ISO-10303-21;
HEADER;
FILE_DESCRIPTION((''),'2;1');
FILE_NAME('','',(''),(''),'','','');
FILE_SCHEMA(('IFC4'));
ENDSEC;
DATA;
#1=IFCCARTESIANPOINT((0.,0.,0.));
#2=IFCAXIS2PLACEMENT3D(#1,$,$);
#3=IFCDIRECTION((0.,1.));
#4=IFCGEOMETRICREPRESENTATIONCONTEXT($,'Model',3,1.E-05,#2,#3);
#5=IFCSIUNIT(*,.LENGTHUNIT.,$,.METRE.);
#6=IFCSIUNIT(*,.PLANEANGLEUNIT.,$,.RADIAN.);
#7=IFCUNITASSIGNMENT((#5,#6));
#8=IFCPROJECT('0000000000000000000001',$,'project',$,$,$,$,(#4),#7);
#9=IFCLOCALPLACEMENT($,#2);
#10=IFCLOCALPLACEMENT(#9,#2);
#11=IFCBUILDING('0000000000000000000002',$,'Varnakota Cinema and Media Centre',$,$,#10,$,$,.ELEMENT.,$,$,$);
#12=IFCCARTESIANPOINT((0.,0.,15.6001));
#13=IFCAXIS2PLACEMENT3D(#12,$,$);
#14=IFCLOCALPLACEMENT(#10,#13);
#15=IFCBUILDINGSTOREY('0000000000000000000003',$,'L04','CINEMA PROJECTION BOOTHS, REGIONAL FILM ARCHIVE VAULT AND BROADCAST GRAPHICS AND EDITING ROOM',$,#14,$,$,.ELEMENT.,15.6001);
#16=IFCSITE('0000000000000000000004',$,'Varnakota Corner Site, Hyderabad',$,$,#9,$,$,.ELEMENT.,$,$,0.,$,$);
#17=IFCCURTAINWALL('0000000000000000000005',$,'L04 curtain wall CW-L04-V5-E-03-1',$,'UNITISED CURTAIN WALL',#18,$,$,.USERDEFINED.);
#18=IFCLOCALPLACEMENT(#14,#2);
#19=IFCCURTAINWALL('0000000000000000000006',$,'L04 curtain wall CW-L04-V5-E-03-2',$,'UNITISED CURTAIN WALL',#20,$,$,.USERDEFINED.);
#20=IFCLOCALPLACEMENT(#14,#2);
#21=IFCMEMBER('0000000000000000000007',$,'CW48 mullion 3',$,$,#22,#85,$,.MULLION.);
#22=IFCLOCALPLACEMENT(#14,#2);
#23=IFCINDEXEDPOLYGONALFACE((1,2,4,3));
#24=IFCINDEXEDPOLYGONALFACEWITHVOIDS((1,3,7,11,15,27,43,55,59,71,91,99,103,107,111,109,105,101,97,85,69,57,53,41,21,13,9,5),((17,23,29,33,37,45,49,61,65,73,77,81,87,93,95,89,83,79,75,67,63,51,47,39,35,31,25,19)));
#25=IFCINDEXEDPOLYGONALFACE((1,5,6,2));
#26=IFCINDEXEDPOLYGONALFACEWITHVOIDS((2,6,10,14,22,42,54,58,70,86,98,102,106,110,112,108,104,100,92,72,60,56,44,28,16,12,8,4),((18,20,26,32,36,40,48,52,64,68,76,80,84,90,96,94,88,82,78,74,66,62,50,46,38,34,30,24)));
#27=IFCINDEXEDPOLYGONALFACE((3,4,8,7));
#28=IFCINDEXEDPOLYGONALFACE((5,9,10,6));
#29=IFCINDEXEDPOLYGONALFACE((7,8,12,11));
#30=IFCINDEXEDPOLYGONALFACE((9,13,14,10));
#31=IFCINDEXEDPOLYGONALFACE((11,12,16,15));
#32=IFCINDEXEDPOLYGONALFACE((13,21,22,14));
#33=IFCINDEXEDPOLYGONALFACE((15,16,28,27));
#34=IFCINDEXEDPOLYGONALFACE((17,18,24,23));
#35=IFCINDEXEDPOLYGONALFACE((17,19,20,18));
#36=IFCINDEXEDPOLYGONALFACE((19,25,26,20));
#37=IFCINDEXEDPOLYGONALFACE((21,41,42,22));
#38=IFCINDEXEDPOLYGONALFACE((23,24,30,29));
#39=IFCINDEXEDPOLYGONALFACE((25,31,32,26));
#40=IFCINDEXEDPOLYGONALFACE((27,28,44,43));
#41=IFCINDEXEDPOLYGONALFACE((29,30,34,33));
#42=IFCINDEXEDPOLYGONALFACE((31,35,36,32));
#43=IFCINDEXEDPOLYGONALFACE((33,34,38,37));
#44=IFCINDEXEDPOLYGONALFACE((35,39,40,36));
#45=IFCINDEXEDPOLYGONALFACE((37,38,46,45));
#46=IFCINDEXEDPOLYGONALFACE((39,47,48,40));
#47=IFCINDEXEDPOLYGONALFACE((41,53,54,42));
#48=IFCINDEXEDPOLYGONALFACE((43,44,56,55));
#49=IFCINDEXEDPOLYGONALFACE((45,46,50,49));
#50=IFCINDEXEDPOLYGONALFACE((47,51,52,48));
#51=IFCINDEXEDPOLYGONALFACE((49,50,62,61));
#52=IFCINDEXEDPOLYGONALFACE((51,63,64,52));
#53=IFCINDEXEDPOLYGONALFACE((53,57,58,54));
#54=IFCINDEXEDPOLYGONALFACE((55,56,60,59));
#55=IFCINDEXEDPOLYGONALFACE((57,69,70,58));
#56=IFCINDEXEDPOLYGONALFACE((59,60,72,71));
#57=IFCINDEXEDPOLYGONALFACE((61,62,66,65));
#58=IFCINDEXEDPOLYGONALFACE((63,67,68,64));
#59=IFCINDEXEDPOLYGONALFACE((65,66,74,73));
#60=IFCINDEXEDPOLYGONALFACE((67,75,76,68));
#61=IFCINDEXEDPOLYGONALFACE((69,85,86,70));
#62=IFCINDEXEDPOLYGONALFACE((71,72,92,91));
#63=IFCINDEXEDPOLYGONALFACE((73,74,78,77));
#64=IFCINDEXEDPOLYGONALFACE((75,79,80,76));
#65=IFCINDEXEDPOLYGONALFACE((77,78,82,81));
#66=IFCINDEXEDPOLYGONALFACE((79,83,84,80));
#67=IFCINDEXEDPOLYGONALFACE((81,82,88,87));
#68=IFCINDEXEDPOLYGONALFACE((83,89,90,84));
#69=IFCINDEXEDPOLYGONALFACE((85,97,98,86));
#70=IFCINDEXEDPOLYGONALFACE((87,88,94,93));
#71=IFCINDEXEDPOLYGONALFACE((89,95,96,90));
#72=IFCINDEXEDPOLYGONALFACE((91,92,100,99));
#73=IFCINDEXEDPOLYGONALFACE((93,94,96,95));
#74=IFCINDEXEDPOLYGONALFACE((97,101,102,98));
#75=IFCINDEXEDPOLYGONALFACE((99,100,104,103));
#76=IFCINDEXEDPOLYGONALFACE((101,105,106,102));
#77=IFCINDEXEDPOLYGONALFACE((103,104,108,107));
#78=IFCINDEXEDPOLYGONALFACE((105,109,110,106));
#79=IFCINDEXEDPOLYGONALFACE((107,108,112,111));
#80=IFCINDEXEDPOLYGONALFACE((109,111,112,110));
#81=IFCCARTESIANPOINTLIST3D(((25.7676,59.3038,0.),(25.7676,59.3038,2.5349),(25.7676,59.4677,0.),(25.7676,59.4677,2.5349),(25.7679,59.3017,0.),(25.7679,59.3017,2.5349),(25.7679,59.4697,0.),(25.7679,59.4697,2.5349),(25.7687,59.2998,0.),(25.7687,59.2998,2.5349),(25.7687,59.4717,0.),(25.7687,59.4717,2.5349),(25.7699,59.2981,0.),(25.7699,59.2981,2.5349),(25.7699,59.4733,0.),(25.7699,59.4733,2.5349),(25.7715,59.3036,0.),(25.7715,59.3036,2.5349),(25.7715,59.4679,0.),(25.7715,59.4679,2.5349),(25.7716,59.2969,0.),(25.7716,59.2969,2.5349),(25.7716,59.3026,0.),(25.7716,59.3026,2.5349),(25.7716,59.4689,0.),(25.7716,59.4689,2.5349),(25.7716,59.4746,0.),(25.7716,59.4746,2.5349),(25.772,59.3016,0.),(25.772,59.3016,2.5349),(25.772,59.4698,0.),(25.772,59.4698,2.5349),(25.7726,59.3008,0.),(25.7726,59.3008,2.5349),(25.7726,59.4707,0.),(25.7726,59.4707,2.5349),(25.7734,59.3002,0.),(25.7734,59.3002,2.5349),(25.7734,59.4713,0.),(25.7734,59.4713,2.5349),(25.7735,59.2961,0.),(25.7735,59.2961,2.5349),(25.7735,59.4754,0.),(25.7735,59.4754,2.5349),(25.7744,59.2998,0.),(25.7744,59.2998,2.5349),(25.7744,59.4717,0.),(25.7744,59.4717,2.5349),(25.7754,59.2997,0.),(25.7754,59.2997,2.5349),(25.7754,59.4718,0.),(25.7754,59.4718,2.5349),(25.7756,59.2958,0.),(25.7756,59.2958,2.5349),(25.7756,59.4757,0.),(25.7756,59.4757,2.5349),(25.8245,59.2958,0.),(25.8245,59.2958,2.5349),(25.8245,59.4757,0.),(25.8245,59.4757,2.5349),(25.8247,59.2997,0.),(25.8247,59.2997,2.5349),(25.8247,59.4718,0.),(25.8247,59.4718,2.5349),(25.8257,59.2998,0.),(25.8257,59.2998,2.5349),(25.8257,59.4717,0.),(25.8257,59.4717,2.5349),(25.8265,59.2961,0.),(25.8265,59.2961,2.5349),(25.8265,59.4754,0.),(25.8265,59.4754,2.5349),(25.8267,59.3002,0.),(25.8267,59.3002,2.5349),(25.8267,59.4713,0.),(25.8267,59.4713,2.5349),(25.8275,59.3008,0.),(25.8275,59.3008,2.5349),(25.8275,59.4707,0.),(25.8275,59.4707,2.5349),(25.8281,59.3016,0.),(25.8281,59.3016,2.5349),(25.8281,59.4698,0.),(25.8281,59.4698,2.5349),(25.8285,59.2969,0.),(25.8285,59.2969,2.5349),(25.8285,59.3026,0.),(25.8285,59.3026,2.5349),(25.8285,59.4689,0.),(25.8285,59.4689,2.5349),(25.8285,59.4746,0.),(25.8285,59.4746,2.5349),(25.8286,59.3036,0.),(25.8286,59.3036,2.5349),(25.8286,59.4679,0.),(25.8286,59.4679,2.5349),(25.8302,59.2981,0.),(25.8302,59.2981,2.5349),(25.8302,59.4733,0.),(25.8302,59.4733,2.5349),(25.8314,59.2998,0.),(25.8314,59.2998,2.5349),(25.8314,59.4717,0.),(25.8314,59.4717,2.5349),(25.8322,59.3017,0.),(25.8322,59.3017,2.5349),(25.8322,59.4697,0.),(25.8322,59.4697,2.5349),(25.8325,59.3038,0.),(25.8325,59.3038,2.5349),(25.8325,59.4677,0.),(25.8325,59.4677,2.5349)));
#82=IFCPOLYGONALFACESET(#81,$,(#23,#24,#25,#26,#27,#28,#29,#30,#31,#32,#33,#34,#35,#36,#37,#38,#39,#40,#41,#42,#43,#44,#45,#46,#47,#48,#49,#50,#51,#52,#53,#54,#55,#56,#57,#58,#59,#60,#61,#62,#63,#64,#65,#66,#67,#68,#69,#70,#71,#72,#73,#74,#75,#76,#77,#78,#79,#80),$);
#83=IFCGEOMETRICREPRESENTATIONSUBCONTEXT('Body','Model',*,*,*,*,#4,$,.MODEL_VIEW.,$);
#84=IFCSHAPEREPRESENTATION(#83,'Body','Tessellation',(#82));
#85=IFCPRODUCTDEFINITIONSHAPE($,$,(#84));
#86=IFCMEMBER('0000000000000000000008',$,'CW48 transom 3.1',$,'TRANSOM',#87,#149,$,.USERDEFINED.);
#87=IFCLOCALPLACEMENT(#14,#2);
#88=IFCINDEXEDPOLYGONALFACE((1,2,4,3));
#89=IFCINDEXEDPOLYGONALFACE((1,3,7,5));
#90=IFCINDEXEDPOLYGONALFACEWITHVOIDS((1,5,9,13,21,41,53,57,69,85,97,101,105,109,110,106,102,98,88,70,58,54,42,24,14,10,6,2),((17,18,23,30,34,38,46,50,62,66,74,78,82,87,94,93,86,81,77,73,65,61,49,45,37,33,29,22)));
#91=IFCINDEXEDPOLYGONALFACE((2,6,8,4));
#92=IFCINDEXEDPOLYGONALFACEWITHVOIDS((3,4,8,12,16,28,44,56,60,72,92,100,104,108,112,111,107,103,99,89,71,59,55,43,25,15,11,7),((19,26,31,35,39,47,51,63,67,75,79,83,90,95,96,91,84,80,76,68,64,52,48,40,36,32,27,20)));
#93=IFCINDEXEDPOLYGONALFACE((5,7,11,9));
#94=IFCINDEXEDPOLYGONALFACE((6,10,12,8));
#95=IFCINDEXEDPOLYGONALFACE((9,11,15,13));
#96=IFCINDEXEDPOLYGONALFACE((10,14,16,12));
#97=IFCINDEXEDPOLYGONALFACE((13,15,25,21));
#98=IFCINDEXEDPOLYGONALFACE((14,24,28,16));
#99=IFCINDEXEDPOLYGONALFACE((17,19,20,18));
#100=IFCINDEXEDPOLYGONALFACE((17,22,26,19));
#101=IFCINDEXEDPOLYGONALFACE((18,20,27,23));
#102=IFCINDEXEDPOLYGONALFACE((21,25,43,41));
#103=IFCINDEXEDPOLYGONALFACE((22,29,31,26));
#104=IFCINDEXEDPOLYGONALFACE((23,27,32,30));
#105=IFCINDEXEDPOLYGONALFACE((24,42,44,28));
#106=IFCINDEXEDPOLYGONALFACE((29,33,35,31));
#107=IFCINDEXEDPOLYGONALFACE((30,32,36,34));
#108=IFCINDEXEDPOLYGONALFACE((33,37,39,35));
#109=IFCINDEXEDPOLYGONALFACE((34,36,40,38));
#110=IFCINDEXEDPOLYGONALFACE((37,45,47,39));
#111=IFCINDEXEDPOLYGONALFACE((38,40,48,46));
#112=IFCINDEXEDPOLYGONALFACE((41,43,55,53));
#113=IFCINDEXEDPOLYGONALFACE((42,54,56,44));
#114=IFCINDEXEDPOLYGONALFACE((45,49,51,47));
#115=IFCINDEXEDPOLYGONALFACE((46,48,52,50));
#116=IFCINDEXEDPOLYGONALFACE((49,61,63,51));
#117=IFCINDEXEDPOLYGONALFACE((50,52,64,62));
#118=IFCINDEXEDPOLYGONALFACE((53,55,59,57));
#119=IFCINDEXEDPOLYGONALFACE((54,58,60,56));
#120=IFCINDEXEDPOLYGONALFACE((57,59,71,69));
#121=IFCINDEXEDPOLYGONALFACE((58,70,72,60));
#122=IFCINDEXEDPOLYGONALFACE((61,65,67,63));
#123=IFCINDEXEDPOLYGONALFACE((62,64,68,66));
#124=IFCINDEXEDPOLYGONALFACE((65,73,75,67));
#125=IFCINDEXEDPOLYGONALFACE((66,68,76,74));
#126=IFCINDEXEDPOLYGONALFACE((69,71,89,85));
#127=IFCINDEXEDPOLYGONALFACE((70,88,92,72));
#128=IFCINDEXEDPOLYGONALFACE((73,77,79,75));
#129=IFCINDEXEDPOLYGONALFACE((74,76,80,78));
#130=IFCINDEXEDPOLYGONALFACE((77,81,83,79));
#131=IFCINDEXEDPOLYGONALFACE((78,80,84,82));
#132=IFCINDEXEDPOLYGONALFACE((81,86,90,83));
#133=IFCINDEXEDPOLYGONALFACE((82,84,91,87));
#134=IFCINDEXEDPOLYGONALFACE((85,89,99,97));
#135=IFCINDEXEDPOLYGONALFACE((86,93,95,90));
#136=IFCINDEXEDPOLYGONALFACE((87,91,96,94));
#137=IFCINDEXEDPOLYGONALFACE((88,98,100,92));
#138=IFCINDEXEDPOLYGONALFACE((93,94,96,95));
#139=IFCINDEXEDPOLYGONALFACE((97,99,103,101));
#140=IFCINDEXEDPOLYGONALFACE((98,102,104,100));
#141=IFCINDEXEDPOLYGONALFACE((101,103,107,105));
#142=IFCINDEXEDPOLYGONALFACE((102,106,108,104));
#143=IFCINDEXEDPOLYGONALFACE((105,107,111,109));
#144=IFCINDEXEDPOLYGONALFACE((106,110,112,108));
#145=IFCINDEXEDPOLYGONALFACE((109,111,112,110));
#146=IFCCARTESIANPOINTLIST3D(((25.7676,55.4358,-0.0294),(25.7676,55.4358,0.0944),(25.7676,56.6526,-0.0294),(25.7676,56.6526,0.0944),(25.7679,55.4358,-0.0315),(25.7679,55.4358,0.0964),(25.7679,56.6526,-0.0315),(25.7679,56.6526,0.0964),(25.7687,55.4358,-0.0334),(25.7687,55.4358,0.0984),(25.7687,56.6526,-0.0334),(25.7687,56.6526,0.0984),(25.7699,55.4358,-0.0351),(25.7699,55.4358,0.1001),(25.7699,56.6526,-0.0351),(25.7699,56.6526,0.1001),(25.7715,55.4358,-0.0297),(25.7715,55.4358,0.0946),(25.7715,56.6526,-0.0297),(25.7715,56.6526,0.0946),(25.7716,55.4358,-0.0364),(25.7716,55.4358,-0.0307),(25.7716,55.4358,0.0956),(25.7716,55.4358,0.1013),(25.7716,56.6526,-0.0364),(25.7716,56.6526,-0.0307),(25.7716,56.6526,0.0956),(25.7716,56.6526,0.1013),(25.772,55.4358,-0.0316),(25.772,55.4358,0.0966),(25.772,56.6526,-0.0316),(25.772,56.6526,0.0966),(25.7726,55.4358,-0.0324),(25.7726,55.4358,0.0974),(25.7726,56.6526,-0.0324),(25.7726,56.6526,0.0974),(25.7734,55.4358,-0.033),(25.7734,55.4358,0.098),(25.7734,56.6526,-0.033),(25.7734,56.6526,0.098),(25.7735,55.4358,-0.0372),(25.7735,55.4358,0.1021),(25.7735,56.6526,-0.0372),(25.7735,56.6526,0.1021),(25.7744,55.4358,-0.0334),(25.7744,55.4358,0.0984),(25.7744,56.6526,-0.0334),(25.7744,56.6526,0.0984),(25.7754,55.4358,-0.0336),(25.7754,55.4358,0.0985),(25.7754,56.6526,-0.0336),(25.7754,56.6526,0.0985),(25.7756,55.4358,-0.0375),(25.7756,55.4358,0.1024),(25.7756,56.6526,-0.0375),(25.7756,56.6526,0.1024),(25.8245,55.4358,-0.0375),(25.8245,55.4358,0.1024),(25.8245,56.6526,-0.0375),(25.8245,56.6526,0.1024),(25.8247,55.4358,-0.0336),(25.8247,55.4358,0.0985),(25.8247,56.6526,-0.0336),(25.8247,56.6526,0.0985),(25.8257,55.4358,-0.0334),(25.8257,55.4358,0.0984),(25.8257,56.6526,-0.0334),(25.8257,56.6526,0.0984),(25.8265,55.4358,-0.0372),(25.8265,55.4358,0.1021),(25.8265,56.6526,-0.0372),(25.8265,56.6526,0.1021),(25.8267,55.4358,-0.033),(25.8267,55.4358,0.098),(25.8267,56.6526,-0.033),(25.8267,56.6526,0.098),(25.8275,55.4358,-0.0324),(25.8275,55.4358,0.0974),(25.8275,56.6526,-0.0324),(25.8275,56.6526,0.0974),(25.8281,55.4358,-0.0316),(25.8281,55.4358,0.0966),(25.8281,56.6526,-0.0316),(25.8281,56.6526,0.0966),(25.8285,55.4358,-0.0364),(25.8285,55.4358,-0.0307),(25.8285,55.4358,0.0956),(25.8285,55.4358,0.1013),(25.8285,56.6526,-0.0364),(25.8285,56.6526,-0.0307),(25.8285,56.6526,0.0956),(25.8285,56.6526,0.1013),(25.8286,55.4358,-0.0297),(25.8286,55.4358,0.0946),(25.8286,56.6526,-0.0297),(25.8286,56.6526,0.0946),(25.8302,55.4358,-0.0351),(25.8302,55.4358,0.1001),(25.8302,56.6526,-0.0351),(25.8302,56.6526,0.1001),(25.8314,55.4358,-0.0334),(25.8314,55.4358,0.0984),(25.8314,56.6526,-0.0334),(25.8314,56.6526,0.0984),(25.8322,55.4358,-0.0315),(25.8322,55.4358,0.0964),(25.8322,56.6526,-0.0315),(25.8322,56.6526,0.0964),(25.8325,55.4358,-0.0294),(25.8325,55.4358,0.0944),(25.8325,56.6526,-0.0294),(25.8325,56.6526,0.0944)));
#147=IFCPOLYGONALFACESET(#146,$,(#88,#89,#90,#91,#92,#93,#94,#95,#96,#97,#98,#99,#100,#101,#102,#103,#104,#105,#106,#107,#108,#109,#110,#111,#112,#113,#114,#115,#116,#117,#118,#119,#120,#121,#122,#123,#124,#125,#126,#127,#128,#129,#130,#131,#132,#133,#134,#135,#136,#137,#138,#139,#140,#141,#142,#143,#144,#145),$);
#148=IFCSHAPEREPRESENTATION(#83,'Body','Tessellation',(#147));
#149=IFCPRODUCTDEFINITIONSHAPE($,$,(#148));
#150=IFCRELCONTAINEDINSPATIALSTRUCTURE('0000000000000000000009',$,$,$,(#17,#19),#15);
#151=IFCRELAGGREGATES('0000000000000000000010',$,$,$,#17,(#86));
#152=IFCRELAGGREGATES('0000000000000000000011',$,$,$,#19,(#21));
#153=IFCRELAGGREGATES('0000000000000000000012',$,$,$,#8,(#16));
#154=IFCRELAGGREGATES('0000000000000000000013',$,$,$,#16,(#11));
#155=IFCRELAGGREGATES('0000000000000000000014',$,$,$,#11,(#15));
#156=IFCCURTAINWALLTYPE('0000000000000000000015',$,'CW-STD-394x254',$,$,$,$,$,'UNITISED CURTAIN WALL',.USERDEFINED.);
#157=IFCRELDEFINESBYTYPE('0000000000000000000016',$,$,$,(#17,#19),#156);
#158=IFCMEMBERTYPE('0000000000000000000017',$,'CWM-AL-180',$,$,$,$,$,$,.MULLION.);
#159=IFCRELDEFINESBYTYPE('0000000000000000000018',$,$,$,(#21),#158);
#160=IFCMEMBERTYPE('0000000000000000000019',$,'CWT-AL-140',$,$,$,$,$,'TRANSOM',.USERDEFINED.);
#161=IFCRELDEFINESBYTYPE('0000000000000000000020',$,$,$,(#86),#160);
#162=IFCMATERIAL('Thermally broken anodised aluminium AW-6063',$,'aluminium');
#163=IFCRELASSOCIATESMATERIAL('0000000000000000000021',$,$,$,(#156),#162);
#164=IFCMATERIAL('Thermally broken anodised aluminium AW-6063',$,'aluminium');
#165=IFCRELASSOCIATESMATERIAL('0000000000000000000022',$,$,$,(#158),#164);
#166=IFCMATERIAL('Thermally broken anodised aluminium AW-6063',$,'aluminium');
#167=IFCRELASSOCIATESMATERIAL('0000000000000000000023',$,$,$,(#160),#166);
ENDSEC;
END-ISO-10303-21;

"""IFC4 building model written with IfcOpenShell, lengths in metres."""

from ifc_helpers import new_model, si_unit, direction, frame, origin, origin_2d, place, context, subcontext, project, spatial, hollow_rectangle, extrude, material, material_profile, profile_set, type_object, element, aggregate, save


model = new_model("IFC4")

# Units and contexts
model_context = context("Model", 3, precision=1e-05, world=origin(), true_north=direction((0.0, 1.0)))
body_context = subcontext(model_context, "Body", "Model", "MODEL_VIEW")
ifc_project = project(units=[si_unit("LENGTHUNIT", "METRE"), si_unit("PLANEANGLEUNIT", "RADIAN")], contexts=[model_context])

# Site, building, storey
site_placement = place(None, origin())
site = spatial("IfcSite", under=ifc_project, at=site_placement, Name="Varnakota Corner Site, Hyderabad", CompositionType="ELEMENT", RefElevation=0.0)
building_placement = place(site_placement, origin())
building = spatial("IfcBuilding", under=site, at=building_placement, Name="Varnakota Cinema and Media Centre", CompositionType="ELEMENT")
storey_placement = place(building_placement, frame((0.0, 0.0, 15.6001)))
storey = spatial("IfcBuildingStorey", under=building, at=storey_placement, Name="L04", Description="CINEMA PROJECTION BOOTHS, REGIONAL FILM ARCHIVE VAULT AND BROADCAST GRAPHICS AND EDITING ROOM", CompositionType="ELEMENT", Elevation=15.6001)

# Curtain walls, member
ifc_material_1 = material(Name="Thermally broken anodised aluminium AW-6063", Category="aluminium")
curtain_wall_type = type_object("IfcCurtainWallType", Name="CW-STD-394x254", ElementType="UNITISED CURTAIN WALL", PredefinedType="USERDEFINED", material=ifc_material_1)
curtain_wall_1_placement = place(storey_placement, origin())
curtain_wall_1 = element("IfcCurtainWall", 1, at=curtain_wall_1_placement, inside=storey, type_object=curtain_wall_type, Name="L04 curtain wall CW-L04-V5-E-03-1", ObjectType="UNITISED CURTAIN WALL", PredefinedType="USERDEFINED")
ifc_material_2 = material(Name="Thermally broken anodised aluminium AW-6063", Category="aluminium")
ifc_material_profile_1 = material_profile(ifc_material_2, hollow_rectangle(XDim=0.0649, YDim=0.1799, WallThickness=0.0039, InnerFilletRadius=0.0039, OuterFilletRadius=0.0081, at=origin_2d()), Name="AL-MULLION 180x65x4")
ifc_profile_set_1 = profile_set([ifc_material_profile_1], Name="Thermally broken anodised aluminium AW-6063")
member_type_1 = type_object("IfcMemberType", Name="CWM-AL-180", PredefinedType="MULLION", material=ifc_profile_set_1)
curtain_wall_2_placement = place(storey_placement, origin())
curtain_wall_2 = element("IfcCurtainWall", 2, at=curtain_wall_2_placement, inside=storey, type_object=curtain_wall_type, Name="L04 curtain wall CW-L04-V5-E-03-2", ObjectType="UNITISED CURTAIN WALL", PredefinedType="USERDEFINED")
member_1_placement = place(storey_placement, frame((25.8, 59.3857, 0.0), z_axis=(0.0, 0.0, 1.0), x_axis=(-1.0, 0.0, 0.0)))
member_1 = element("IfcMember", 3, at=member_1_placement, type_object=member_type_1, Name="CW48 mullion 3", PredefinedType="MULLION", context=body_context, shape_type="SweptSolid", body=[
    extrude(hollow_rectangle(XDim=0.0649, YDim=0.1799, WallThickness=0.0039, InnerFilletRadius=0.0039, OuterFilletRadius=0.0081, at=origin_2d()), origin(), (0.0, 0.0, 1.0), 2.5349),
])

# Member
ifc_material_3 = material(Name="Thermally broken anodised aluminium AW-6063", Category="aluminium")
ifc_material_profile_2 = material_profile(ifc_material_3, hollow_rectangle(XDim=0.0649, YDim=0.1399, WallThickness=0.0039, InnerFilletRadius=0.0039, OuterFilletRadius=0.0081, at=origin_2d()), Name="AL-TRANSOM 140x65x4")
ifc_profile_set_2 = profile_set([ifc_material_profile_2], Name="Thermally broken anodised aluminium AW-6063")
member_type_2 = type_object("IfcMemberType", Name="CWT-AL-140", ElementType="TRANSOM", PredefinedType="USERDEFINED", material=ifc_profile_set_2)
member_2_placement = place(storey_placement, frame((25.8, 55.4358, 0.0325), z_axis=(0.0, 1.0, 0.0), x_axis=(-1.0, 0.0, 0.0)))
member_2 = element("IfcMember", 4, at=member_2_placement, type_object=member_type_2, Name="CW48 transom 3.1", ObjectType="TRANSOM", PredefinedType="USERDEFINED", context=body_context, shape_type="SweptSolid", body=[
    extrude(hollow_rectangle(XDim=0.0649, YDim=0.1399, WallThickness=0.0039, InnerFilletRadius=0.0039, OuterFilletRadius=0.0081, at=origin_2d()), origin(), (0.0, 0.0, 1.0), 1.2168),
])

aggregate(curtain_wall_1, [member_2])
aggregate(curtain_wall_2, [member_1])

save(model, "model.ifc")
